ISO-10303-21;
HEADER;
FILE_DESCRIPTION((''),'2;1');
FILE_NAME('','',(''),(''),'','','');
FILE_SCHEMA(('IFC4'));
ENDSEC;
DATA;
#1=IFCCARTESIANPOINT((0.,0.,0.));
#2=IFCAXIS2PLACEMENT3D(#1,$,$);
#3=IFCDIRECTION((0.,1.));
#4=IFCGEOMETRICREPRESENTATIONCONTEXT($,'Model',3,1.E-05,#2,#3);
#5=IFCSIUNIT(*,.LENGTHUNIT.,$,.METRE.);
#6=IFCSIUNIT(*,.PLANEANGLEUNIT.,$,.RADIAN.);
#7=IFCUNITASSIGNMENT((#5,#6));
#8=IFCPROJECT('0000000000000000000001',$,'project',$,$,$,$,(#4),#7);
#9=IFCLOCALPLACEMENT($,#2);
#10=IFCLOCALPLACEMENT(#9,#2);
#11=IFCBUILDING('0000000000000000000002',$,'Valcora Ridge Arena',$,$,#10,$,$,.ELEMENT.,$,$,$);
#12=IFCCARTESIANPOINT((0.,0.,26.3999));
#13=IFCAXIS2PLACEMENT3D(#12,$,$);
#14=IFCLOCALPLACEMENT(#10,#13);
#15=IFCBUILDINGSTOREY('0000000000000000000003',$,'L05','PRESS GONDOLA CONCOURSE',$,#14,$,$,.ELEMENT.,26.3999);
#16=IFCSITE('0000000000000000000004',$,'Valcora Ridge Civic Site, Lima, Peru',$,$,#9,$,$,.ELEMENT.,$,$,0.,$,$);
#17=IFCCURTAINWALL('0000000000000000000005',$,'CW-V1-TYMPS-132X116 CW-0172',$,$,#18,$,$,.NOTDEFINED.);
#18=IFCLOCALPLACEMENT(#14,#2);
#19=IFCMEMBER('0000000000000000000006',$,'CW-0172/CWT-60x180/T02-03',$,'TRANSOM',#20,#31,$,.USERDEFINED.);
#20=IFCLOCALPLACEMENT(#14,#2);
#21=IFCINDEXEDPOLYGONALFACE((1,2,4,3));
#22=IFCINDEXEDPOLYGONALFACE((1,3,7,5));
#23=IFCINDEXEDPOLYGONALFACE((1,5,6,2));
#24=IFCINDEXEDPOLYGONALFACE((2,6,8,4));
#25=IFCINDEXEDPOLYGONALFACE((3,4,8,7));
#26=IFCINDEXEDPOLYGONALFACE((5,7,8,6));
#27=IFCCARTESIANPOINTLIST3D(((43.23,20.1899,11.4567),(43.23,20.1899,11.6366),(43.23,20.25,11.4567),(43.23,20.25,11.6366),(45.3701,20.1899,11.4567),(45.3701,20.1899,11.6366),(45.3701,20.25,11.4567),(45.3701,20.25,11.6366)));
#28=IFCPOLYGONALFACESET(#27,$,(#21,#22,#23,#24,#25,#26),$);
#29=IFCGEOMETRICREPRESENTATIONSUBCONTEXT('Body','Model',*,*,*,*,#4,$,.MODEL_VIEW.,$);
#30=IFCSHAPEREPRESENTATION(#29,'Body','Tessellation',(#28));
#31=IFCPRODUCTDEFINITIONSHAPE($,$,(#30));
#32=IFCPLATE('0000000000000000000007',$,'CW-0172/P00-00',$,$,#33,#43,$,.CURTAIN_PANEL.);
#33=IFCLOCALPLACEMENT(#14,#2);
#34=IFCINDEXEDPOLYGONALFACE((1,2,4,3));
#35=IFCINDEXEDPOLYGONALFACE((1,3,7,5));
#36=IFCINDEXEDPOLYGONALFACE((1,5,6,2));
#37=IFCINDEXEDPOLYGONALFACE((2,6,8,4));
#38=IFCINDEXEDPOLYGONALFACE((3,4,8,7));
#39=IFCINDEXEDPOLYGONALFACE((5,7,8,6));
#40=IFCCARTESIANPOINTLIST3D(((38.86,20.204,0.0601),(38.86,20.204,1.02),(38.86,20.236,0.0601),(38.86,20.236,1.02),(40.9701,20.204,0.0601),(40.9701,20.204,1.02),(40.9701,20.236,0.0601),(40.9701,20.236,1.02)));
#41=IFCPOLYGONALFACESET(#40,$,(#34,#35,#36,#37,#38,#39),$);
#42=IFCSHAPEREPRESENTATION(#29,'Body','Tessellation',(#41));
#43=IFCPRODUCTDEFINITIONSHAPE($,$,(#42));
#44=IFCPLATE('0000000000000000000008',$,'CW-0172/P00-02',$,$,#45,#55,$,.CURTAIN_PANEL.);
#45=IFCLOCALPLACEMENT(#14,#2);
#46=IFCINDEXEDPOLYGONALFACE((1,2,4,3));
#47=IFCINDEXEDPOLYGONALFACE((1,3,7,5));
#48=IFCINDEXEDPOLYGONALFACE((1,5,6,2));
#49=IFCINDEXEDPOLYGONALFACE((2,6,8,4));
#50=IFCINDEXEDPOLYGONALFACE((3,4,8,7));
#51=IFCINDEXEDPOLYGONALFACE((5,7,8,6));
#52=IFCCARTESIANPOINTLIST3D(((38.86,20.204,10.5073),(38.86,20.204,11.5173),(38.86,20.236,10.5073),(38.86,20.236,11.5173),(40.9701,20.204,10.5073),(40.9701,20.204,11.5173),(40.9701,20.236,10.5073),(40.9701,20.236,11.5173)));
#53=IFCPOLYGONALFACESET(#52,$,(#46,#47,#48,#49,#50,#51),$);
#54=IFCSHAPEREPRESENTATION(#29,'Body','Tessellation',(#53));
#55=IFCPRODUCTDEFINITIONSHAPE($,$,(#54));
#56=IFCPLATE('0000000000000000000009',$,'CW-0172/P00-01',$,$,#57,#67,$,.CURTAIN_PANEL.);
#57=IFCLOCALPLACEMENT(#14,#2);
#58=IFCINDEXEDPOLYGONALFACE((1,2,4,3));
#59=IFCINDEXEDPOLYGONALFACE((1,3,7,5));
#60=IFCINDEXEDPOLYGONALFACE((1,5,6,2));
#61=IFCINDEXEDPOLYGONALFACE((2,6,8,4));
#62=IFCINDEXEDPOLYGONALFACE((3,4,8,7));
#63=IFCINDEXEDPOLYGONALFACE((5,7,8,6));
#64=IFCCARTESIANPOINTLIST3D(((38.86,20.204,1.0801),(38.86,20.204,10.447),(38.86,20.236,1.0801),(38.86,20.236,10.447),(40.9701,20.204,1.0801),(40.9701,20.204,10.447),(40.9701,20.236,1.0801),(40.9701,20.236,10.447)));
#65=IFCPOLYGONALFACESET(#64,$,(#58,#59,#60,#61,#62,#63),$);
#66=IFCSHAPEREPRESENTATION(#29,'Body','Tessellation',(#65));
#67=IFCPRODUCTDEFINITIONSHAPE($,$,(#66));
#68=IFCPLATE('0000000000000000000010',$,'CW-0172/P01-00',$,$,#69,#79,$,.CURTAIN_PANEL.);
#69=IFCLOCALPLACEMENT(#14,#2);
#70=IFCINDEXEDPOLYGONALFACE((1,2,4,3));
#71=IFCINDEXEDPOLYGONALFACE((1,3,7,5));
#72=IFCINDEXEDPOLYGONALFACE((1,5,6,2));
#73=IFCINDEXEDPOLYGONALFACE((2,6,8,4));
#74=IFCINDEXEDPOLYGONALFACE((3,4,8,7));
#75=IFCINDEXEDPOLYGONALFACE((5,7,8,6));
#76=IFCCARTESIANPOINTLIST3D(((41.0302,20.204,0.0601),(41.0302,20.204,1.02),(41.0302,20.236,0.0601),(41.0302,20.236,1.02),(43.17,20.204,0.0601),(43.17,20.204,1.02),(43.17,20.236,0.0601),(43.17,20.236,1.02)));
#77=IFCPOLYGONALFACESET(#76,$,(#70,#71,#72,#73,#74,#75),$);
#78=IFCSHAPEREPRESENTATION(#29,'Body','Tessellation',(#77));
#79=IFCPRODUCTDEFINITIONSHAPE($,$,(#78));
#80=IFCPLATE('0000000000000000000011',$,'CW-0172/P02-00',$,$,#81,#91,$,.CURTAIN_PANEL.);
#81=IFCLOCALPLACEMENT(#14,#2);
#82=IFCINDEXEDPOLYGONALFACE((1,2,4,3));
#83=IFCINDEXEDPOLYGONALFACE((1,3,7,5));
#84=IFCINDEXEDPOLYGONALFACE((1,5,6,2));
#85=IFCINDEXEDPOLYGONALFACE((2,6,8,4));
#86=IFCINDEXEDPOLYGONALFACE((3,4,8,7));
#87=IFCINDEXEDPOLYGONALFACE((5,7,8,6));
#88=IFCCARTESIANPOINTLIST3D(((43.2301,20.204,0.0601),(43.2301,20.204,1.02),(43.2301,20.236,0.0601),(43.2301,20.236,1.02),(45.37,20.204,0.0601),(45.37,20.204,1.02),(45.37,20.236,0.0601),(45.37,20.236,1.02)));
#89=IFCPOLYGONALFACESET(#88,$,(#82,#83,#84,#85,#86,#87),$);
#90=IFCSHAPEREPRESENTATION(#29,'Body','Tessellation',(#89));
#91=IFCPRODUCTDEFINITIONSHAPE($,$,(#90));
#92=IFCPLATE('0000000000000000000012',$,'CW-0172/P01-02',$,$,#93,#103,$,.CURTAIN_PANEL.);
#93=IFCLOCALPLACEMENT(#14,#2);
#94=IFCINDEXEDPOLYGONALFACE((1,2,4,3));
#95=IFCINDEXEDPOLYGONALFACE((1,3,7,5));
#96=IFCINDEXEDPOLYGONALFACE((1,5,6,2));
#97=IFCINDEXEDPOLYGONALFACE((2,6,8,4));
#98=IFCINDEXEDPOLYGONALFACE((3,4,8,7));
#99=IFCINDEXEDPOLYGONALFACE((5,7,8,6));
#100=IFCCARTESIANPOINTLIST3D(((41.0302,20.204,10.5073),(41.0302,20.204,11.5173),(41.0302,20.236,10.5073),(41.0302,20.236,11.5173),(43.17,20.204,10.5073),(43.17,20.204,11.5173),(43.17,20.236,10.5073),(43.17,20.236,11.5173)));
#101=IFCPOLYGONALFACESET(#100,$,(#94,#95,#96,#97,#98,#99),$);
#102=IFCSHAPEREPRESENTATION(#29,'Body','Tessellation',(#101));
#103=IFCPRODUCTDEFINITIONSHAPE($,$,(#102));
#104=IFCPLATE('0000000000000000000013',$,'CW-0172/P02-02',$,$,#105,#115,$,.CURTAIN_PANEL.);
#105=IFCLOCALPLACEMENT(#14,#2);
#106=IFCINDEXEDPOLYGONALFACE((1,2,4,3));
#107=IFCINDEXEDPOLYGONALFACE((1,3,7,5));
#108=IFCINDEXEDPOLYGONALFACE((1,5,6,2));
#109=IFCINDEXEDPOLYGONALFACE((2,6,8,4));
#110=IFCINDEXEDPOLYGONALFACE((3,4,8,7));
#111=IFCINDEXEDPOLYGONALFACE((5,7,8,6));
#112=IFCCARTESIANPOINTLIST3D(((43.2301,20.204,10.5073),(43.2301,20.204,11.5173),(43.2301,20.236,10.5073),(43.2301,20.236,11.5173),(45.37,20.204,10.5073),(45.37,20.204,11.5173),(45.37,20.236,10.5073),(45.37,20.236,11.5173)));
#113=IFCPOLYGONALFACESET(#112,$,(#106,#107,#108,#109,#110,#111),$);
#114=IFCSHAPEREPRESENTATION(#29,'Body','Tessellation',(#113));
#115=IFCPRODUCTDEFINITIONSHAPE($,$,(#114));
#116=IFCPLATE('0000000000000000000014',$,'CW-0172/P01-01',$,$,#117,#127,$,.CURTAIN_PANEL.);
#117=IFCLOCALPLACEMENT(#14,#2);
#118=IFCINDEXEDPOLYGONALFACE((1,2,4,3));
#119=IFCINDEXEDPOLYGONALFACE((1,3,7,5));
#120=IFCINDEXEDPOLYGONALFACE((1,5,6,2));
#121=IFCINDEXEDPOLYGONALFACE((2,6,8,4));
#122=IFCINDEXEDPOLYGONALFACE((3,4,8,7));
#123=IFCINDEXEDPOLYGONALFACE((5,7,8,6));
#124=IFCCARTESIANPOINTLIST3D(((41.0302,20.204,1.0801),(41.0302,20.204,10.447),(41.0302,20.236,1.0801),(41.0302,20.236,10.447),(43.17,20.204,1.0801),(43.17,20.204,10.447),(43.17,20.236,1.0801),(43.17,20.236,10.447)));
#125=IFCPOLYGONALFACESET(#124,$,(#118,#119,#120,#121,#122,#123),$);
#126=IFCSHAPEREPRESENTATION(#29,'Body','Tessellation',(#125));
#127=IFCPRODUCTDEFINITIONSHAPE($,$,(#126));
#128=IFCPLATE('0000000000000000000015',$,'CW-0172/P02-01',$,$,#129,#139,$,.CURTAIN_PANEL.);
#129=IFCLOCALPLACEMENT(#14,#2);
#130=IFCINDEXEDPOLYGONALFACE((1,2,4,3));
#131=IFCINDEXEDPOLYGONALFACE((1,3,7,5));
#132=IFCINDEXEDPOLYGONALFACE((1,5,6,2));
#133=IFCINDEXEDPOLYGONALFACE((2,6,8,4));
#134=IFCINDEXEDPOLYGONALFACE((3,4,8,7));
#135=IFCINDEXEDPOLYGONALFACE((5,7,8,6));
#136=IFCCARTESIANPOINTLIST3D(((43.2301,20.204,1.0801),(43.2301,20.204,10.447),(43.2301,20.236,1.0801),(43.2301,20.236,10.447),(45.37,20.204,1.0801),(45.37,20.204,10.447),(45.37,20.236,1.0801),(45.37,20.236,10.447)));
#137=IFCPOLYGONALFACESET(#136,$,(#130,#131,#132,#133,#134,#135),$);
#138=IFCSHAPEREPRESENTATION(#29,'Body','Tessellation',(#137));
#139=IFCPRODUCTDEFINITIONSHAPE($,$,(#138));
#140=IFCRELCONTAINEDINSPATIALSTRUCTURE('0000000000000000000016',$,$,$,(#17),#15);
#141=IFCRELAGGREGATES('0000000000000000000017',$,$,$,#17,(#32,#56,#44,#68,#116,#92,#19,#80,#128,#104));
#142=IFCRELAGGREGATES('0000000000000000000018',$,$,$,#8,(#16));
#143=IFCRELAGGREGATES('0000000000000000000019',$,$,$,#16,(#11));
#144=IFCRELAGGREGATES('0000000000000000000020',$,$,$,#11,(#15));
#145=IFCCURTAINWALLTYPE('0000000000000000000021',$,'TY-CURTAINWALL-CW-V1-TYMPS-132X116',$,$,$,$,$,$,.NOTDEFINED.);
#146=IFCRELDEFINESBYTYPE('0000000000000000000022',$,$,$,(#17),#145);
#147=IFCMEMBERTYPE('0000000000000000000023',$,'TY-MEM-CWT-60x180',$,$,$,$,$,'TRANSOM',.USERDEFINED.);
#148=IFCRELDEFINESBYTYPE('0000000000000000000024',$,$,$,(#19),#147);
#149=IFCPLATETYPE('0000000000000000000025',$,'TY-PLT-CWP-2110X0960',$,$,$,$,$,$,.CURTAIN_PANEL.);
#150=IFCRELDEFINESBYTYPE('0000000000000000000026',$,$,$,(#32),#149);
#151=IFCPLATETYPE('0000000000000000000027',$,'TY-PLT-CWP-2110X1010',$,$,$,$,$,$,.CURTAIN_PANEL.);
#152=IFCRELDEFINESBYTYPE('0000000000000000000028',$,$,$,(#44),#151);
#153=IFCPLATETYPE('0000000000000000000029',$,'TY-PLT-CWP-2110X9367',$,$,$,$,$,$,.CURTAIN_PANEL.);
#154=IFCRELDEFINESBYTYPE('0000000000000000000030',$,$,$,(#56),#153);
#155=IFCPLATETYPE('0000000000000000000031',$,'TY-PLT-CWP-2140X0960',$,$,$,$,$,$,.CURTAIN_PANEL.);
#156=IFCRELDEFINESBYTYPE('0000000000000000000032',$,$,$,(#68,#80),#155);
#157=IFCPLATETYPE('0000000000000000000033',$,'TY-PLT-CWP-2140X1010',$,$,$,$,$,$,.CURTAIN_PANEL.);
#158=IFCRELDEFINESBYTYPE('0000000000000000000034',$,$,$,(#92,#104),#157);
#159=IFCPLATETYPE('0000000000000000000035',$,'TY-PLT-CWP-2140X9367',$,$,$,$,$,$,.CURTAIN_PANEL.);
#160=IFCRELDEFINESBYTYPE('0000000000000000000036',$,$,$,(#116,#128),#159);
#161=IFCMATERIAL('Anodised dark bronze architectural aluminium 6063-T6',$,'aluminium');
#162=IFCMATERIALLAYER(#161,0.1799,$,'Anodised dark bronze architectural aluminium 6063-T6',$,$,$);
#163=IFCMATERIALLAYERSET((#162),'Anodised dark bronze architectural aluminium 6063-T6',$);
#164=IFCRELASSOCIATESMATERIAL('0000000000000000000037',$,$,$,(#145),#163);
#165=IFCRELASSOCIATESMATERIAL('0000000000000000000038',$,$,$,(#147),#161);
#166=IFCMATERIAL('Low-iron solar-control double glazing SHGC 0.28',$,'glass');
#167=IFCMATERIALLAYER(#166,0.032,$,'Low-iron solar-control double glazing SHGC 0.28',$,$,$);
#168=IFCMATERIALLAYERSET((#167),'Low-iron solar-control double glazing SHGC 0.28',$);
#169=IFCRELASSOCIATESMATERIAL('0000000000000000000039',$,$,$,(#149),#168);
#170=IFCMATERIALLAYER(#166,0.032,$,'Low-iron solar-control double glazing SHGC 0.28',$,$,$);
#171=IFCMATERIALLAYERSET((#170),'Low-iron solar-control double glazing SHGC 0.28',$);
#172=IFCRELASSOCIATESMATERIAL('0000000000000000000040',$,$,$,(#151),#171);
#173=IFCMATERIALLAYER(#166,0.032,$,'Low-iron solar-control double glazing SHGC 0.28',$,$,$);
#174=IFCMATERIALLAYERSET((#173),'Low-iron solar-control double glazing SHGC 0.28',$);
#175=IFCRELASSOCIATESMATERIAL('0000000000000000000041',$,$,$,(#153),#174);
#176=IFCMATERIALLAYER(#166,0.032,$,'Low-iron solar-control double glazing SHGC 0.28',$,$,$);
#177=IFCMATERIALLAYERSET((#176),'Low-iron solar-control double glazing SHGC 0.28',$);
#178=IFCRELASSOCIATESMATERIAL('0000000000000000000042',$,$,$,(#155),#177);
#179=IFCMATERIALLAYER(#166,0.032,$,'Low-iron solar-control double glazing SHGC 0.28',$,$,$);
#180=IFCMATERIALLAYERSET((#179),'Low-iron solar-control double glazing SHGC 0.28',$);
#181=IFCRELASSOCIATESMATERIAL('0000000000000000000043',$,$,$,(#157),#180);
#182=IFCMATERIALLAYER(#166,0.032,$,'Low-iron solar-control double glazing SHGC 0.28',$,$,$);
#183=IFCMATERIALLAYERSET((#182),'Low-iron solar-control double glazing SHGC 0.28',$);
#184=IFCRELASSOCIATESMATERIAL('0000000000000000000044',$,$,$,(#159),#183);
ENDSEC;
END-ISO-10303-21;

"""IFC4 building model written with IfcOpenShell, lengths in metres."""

from ifc_helpers import new_model, si_unit, direction, frame, origin, origin_2d, place, context, subcontext, project, spatial, rectangle, extrude, material, layer, layer_set, material_profile, profile_set, type_object, element, aggregate, save


model = new_model("IFC4")

# Units and contexts
model_context = context("Model", 3, precision=1e-05, world=origin(), true_north=direction((0.0, 1.0)))
body_context = subcontext(model_context, "Body", "Model", "MODEL_VIEW")
ifc_project = project(units=[si_unit("LENGTHUNIT", "METRE"), si_unit("PLANEANGLEUNIT", "RADIAN")], contexts=[model_context])

# Site, building, storey
site_placement = place(None, origin())
site = spatial("IfcSite", under=ifc_project, at=site_placement, Name="Valcora Ridge Civic Site, Lima, Peru", CompositionType="ELEMENT", RefElevation=0.0)
building_placement = place(site_placement, origin())
building = spatial("IfcBuilding", under=site, at=building_placement, Name="Valcora Ridge Arena", CompositionType="ELEMENT")
storey_placement = place(building_placement, frame((0.0, 0.0, 26.3999)))
storey = spatial("IfcBuildingStorey", under=building, at=storey_placement, Name="L05", Description="PRESS GONDOLA CONCOURSE", CompositionType="ELEMENT", Elevation=26.3999)

# Shared definitions
ifc_material_1 = material(Name="Anodised dark bronze architectural aluminium 6063-T6", Category="aluminium")

# Curtain wall, member, plates
ifc_layer_1 = layer(ifc_material_1, 0.1799, Name="Anodised dark bronze architectural aluminium 6063-T6")
ifc_layer_set_1 = layer_set([ifc_layer_1], Name="Anodised dark bronze architectural aluminium 6063-T6")
curtain_wall_type_1 = type_object("IfcCurtainWallType", Name="TY-CURTAINWALL-CW-V1-TYMPS-132X116", PredefinedType="NOTDEFINED", material=ifc_layer_set_1)
curtain_wall_1_placement = place(storey_placement, origin())
curtain_wall_1 = element("IfcCurtainWall", 1, at=curtain_wall_1_placement, inside=storey, type_object=curtain_wall_type_1, Name="CW-V1-TYMPS-132X116 CW-0172", PredefinedType="NOTDEFINED")
ifc_material_profile_1 = material_profile(ifc_material_1, rectangle(XDim=0.0601, YDim=0.1799, at=origin_2d()), Name="ALU TRANSOM 60x180")
ifc_profile_set_1 = profile_set([ifc_material_profile_1], Name="Anodised dark bronze architectural aluminium 6063-T6")
member_type_1 = type_object("IfcMemberType", Name="TY-MEM-CWT-60x180", ElementType="TRANSOM", PredefinedType="USERDEFINED", material=ifc_profile_set_1)
member_1_placement = place(storey_placement, frame((43.23, 20.22, 11.5466), z_axis=(1.0, 0.0, 0.0), x_axis=(0.0, 1.0, 0.0)))
member_1 = element("IfcMember", 2, at=member_1_placement, type_object=member_type_1, Name="CW-0172/CWT-60x180/T02-03", ObjectType="TRANSOM", PredefinedType="USERDEFINED", context=body_context, shape_type="SweptSolid", body=[
    extrude(rectangle(XDim=0.0601, YDim=0.1799, at=origin_2d()), origin(), (0.0, 0.0, 1.0), 2.1401),
])
ifc_material_2 = material(Name="Low-iron solar-control double glazing SHGC 0.28", Category="glass")
ifc_layer_2 = layer(ifc_material_2, 0.032, Name="Low-iron solar-control double glazing SHGC 0.28")
ifc_layer_set_2 = layer_set([ifc_layer_2], Name="Low-iron solar-control double glazing SHGC 0.28")
plate_type_1 = type_object("IfcPlateType", Name="TY-PLT-CWP-2110X0960", PredefinedType="CURTAIN_PANEL", material=ifc_layer_set_2)
plate_1_placement = place(storey_placement, frame((39.915, 20.22, 0.0601), z_axis=(0.0, 0.0, 1.0), x_axis=(1.0, 0.0, 0.0)))
plate_1 = element("IfcPlate", 3, at=plate_1_placement, type_object=plate_type_1, Name="CW-0172/P00-00", PredefinedType="CURTAIN_PANEL", context=body_context, shape_type="SweptSolid", body=[
    extrude(rectangle(XDim=2.1101, YDim=0.032, at=origin_2d()), origin(), (0.0, 0.0, 1.0), 0.96),
])
ifc_layer_3 = layer(ifc_material_2, 0.032, Name="Low-iron solar-control double glazing SHGC 0.28")
ifc_layer_set_3 = layer_set([ifc_layer_3], Name="Low-iron solar-control double glazing SHGC 0.28")
plate_type_2 = type_object("IfcPlateType", Name="TY-PLT-CWP-2110X1010", PredefinedType="CURTAIN_PANEL", material=ifc_layer_set_3)
plate_2_placement = place(storey_placement, frame((39.915, 20.22, 10.5073), z_axis=(0.0, 0.0, 1.0), x_axis=(1.0, 0.0, 0.0)))
plate_2 = element("IfcPlate", 4, at=plate_2_placement, type_object=plate_type_2, Name="CW-0172/P00-02", PredefinedType="CURTAIN_PANEL", context=body_context, shape_type="SweptSolid", body=[
    extrude(rectangle(XDim=2.1101, YDim=0.032, at=origin_2d()), origin(), (0.0, 0.0, 1.0), 1.01),
])
ifc_layer_4 = layer(ifc_material_2, 0.032, Name="Low-iron solar-control double glazing SHGC 0.28")
ifc_layer_set_4 = layer_set([ifc_layer_4], Name="Low-iron solar-control double glazing SHGC 0.28")
plate_type_3 = type_object("IfcPlateType", Name="TY-PLT-CWP-2110X9367", PredefinedType="CURTAIN_PANEL", material=ifc_layer_set_4)
plate_3_placement = place(storey_placement, frame((39.915, 20.22, 1.0801), z_axis=(0.0, 0.0, 1.0), x_axis=(1.0, 0.0, 0.0)))
plate_3 = element("IfcPlate", 5, at=plate_3_placement, type_object=plate_type_3, Name="CW-0172/P00-01", PredefinedType="CURTAIN_PANEL", context=body_context, shape_type="SweptSolid", body=[
    extrude(rectangle(XDim=2.1101, YDim=0.032, at=origin_2d()), origin(), (0.0, 0.0, 1.0), 9.3669),
])
ifc_layer_5 = layer(ifc_material_2, 0.032, Name="Low-iron solar-control double glazing SHGC 0.28")
ifc_layer_set_5 = layer_set([ifc_layer_5], Name="Low-iron solar-control double glazing SHGC 0.28")
plate_type_4 = type_object("IfcPlateType", Name="TY-PLT-CWP-2140X0960", PredefinedType="CURTAIN_PANEL", material=ifc_layer_set_5)
plate_4_placement = place(storey_placement, frame((42.1001, 20.22, 0.0601), z_axis=(0.0, 0.0, 1.0), x_axis=(1.0, 0.0, 0.0)))
plate_4 = element("IfcPlate", 6, at=plate_4_placement, type_object=plate_type_4, Name="CW-0172/P01-00", PredefinedType="CURTAIN_PANEL", context=body_context, shape_type="SweptSolid", body=[
    extrude(rectangle(XDim=2.1399, YDim=0.032, at=origin_2d()), origin(), (0.0, 0.0, 1.0), 0.96),
])
plate_5_placement = place(storey_placement, frame((44.3, 20.22, 0.0601), z_axis=(0.0, 0.0, 1.0), x_axis=(1.0, 0.0, 0.0)))
plate_5 = element("IfcPlate", 7, at=plate_5_placement, type_object=plate_type_4, Name="CW-0172/P02-00", PredefinedType="CURTAIN_PANEL", context=body_context, shape_type="SweptSolid", body=[
    extrude(rectangle(XDim=2.1399, YDim=0.032, at=origin_2d()), origin(), (0.0, 0.0, 1.0), 0.96),
])
ifc_layer_6 = layer(ifc_material_2, 0.032, Name="Low-iron solar-control double glazing SHGC 0.28")
ifc_layer_set_6 = layer_set([ifc_layer_6], Name="Low-iron solar-control double glazing SHGC 0.28")
plate_type_5 = type_object("IfcPlateType", Name="TY-PLT-CWP-2140X1010", PredefinedType="CURTAIN_PANEL", material=ifc_layer_set_6)
plate_6_placement = place(storey_placement, frame((42.1001, 20.22, 10.5073), z_axis=(0.0, 0.0, 1.0), x_axis=(1.0, 0.0, 0.0)))
plate_6 = element("IfcPlate", 8, at=plate_6_placement, type_object=plate_type_5, Name="CW-0172/P01-02", PredefinedType="CURTAIN_PANEL", context=body_context, shape_type="SweptSolid", body=[
    extrude(rectangle(XDim=2.1399, YDim=0.032, at=origin_2d()), origin(), (0.0, 0.0, 1.0), 1.01),
])
plate_7_placement = place(storey_placement, frame((44.3, 20.22, 10.5073), z_axis=(0.0, 0.0, 1.0), x_axis=(1.0, 0.0, 0.0)))
plate_7 = element("IfcPlate", 9, at=plate_7_placement, type_object=plate_type_5, Name="CW-0172/P02-02", PredefinedType="CURTAIN_PANEL", context=body_context, shape_type="SweptSolid", body=[
    extrude(rectangle(XDim=2.1399, YDim=0.032, at=origin_2d()), origin(), (0.0, 0.0, 1.0), 1.01),
])
ifc_layer_7 = layer(ifc_material_2, 0.032, Name="Low-iron solar-control double glazing SHGC 0.28")
ifc_layer_set_7 = layer_set([ifc_layer_7], Name="Low-iron solar-control double glazing SHGC 0.28")
plate_type_6 = type_object("IfcPlateType", Name="TY-PLT-CWP-2140X9367", PredefinedType="CURTAIN_PANEL", material=ifc_layer_set_7)
plate_8_placement = place(storey_placement, frame((42.1001, 20.22, 1.0801), z_axis=(0.0, 0.0, 1.0), x_axis=(1.0, 0.0, 0.0)))
plate_8 = element("IfcPlate", 10, at=plate_8_placement, type_object=plate_type_6, Name="CW-0172/P01-01", PredefinedType="CURTAIN_PANEL", context=body_context, shape_type="SweptSolid", body=[
    extrude(rectangle(XDim=2.1399, YDim=0.032, at=origin_2d()), origin(), (0.0, 0.0, 1.0), 9.3669),
])
plate_9_placement = place(storey_placement, frame((44.3, 20.22, 1.0801), z_axis=(0.0, 0.0, 1.0), x_axis=(1.0, 0.0, 0.0)))
plate_9 = element("IfcPlate", 11, at=plate_9_placement, type_object=plate_type_6, Name="CW-0172/P02-01", PredefinedType="CURTAIN_PANEL", context=body_context, shape_type="SweptSolid", body=[
    extrude(rectangle(XDim=2.1399, YDim=0.032, at=origin_2d()), origin(), (0.0, 0.0, 1.0), 9.3669),
])
aggregate(curtain_wall_1, [plate_1, plate_3, plate_2, plate_4, plate_8, plate_6, member_1, plate_5, plate_9, plate_7])

save(model, "model.ifc")
